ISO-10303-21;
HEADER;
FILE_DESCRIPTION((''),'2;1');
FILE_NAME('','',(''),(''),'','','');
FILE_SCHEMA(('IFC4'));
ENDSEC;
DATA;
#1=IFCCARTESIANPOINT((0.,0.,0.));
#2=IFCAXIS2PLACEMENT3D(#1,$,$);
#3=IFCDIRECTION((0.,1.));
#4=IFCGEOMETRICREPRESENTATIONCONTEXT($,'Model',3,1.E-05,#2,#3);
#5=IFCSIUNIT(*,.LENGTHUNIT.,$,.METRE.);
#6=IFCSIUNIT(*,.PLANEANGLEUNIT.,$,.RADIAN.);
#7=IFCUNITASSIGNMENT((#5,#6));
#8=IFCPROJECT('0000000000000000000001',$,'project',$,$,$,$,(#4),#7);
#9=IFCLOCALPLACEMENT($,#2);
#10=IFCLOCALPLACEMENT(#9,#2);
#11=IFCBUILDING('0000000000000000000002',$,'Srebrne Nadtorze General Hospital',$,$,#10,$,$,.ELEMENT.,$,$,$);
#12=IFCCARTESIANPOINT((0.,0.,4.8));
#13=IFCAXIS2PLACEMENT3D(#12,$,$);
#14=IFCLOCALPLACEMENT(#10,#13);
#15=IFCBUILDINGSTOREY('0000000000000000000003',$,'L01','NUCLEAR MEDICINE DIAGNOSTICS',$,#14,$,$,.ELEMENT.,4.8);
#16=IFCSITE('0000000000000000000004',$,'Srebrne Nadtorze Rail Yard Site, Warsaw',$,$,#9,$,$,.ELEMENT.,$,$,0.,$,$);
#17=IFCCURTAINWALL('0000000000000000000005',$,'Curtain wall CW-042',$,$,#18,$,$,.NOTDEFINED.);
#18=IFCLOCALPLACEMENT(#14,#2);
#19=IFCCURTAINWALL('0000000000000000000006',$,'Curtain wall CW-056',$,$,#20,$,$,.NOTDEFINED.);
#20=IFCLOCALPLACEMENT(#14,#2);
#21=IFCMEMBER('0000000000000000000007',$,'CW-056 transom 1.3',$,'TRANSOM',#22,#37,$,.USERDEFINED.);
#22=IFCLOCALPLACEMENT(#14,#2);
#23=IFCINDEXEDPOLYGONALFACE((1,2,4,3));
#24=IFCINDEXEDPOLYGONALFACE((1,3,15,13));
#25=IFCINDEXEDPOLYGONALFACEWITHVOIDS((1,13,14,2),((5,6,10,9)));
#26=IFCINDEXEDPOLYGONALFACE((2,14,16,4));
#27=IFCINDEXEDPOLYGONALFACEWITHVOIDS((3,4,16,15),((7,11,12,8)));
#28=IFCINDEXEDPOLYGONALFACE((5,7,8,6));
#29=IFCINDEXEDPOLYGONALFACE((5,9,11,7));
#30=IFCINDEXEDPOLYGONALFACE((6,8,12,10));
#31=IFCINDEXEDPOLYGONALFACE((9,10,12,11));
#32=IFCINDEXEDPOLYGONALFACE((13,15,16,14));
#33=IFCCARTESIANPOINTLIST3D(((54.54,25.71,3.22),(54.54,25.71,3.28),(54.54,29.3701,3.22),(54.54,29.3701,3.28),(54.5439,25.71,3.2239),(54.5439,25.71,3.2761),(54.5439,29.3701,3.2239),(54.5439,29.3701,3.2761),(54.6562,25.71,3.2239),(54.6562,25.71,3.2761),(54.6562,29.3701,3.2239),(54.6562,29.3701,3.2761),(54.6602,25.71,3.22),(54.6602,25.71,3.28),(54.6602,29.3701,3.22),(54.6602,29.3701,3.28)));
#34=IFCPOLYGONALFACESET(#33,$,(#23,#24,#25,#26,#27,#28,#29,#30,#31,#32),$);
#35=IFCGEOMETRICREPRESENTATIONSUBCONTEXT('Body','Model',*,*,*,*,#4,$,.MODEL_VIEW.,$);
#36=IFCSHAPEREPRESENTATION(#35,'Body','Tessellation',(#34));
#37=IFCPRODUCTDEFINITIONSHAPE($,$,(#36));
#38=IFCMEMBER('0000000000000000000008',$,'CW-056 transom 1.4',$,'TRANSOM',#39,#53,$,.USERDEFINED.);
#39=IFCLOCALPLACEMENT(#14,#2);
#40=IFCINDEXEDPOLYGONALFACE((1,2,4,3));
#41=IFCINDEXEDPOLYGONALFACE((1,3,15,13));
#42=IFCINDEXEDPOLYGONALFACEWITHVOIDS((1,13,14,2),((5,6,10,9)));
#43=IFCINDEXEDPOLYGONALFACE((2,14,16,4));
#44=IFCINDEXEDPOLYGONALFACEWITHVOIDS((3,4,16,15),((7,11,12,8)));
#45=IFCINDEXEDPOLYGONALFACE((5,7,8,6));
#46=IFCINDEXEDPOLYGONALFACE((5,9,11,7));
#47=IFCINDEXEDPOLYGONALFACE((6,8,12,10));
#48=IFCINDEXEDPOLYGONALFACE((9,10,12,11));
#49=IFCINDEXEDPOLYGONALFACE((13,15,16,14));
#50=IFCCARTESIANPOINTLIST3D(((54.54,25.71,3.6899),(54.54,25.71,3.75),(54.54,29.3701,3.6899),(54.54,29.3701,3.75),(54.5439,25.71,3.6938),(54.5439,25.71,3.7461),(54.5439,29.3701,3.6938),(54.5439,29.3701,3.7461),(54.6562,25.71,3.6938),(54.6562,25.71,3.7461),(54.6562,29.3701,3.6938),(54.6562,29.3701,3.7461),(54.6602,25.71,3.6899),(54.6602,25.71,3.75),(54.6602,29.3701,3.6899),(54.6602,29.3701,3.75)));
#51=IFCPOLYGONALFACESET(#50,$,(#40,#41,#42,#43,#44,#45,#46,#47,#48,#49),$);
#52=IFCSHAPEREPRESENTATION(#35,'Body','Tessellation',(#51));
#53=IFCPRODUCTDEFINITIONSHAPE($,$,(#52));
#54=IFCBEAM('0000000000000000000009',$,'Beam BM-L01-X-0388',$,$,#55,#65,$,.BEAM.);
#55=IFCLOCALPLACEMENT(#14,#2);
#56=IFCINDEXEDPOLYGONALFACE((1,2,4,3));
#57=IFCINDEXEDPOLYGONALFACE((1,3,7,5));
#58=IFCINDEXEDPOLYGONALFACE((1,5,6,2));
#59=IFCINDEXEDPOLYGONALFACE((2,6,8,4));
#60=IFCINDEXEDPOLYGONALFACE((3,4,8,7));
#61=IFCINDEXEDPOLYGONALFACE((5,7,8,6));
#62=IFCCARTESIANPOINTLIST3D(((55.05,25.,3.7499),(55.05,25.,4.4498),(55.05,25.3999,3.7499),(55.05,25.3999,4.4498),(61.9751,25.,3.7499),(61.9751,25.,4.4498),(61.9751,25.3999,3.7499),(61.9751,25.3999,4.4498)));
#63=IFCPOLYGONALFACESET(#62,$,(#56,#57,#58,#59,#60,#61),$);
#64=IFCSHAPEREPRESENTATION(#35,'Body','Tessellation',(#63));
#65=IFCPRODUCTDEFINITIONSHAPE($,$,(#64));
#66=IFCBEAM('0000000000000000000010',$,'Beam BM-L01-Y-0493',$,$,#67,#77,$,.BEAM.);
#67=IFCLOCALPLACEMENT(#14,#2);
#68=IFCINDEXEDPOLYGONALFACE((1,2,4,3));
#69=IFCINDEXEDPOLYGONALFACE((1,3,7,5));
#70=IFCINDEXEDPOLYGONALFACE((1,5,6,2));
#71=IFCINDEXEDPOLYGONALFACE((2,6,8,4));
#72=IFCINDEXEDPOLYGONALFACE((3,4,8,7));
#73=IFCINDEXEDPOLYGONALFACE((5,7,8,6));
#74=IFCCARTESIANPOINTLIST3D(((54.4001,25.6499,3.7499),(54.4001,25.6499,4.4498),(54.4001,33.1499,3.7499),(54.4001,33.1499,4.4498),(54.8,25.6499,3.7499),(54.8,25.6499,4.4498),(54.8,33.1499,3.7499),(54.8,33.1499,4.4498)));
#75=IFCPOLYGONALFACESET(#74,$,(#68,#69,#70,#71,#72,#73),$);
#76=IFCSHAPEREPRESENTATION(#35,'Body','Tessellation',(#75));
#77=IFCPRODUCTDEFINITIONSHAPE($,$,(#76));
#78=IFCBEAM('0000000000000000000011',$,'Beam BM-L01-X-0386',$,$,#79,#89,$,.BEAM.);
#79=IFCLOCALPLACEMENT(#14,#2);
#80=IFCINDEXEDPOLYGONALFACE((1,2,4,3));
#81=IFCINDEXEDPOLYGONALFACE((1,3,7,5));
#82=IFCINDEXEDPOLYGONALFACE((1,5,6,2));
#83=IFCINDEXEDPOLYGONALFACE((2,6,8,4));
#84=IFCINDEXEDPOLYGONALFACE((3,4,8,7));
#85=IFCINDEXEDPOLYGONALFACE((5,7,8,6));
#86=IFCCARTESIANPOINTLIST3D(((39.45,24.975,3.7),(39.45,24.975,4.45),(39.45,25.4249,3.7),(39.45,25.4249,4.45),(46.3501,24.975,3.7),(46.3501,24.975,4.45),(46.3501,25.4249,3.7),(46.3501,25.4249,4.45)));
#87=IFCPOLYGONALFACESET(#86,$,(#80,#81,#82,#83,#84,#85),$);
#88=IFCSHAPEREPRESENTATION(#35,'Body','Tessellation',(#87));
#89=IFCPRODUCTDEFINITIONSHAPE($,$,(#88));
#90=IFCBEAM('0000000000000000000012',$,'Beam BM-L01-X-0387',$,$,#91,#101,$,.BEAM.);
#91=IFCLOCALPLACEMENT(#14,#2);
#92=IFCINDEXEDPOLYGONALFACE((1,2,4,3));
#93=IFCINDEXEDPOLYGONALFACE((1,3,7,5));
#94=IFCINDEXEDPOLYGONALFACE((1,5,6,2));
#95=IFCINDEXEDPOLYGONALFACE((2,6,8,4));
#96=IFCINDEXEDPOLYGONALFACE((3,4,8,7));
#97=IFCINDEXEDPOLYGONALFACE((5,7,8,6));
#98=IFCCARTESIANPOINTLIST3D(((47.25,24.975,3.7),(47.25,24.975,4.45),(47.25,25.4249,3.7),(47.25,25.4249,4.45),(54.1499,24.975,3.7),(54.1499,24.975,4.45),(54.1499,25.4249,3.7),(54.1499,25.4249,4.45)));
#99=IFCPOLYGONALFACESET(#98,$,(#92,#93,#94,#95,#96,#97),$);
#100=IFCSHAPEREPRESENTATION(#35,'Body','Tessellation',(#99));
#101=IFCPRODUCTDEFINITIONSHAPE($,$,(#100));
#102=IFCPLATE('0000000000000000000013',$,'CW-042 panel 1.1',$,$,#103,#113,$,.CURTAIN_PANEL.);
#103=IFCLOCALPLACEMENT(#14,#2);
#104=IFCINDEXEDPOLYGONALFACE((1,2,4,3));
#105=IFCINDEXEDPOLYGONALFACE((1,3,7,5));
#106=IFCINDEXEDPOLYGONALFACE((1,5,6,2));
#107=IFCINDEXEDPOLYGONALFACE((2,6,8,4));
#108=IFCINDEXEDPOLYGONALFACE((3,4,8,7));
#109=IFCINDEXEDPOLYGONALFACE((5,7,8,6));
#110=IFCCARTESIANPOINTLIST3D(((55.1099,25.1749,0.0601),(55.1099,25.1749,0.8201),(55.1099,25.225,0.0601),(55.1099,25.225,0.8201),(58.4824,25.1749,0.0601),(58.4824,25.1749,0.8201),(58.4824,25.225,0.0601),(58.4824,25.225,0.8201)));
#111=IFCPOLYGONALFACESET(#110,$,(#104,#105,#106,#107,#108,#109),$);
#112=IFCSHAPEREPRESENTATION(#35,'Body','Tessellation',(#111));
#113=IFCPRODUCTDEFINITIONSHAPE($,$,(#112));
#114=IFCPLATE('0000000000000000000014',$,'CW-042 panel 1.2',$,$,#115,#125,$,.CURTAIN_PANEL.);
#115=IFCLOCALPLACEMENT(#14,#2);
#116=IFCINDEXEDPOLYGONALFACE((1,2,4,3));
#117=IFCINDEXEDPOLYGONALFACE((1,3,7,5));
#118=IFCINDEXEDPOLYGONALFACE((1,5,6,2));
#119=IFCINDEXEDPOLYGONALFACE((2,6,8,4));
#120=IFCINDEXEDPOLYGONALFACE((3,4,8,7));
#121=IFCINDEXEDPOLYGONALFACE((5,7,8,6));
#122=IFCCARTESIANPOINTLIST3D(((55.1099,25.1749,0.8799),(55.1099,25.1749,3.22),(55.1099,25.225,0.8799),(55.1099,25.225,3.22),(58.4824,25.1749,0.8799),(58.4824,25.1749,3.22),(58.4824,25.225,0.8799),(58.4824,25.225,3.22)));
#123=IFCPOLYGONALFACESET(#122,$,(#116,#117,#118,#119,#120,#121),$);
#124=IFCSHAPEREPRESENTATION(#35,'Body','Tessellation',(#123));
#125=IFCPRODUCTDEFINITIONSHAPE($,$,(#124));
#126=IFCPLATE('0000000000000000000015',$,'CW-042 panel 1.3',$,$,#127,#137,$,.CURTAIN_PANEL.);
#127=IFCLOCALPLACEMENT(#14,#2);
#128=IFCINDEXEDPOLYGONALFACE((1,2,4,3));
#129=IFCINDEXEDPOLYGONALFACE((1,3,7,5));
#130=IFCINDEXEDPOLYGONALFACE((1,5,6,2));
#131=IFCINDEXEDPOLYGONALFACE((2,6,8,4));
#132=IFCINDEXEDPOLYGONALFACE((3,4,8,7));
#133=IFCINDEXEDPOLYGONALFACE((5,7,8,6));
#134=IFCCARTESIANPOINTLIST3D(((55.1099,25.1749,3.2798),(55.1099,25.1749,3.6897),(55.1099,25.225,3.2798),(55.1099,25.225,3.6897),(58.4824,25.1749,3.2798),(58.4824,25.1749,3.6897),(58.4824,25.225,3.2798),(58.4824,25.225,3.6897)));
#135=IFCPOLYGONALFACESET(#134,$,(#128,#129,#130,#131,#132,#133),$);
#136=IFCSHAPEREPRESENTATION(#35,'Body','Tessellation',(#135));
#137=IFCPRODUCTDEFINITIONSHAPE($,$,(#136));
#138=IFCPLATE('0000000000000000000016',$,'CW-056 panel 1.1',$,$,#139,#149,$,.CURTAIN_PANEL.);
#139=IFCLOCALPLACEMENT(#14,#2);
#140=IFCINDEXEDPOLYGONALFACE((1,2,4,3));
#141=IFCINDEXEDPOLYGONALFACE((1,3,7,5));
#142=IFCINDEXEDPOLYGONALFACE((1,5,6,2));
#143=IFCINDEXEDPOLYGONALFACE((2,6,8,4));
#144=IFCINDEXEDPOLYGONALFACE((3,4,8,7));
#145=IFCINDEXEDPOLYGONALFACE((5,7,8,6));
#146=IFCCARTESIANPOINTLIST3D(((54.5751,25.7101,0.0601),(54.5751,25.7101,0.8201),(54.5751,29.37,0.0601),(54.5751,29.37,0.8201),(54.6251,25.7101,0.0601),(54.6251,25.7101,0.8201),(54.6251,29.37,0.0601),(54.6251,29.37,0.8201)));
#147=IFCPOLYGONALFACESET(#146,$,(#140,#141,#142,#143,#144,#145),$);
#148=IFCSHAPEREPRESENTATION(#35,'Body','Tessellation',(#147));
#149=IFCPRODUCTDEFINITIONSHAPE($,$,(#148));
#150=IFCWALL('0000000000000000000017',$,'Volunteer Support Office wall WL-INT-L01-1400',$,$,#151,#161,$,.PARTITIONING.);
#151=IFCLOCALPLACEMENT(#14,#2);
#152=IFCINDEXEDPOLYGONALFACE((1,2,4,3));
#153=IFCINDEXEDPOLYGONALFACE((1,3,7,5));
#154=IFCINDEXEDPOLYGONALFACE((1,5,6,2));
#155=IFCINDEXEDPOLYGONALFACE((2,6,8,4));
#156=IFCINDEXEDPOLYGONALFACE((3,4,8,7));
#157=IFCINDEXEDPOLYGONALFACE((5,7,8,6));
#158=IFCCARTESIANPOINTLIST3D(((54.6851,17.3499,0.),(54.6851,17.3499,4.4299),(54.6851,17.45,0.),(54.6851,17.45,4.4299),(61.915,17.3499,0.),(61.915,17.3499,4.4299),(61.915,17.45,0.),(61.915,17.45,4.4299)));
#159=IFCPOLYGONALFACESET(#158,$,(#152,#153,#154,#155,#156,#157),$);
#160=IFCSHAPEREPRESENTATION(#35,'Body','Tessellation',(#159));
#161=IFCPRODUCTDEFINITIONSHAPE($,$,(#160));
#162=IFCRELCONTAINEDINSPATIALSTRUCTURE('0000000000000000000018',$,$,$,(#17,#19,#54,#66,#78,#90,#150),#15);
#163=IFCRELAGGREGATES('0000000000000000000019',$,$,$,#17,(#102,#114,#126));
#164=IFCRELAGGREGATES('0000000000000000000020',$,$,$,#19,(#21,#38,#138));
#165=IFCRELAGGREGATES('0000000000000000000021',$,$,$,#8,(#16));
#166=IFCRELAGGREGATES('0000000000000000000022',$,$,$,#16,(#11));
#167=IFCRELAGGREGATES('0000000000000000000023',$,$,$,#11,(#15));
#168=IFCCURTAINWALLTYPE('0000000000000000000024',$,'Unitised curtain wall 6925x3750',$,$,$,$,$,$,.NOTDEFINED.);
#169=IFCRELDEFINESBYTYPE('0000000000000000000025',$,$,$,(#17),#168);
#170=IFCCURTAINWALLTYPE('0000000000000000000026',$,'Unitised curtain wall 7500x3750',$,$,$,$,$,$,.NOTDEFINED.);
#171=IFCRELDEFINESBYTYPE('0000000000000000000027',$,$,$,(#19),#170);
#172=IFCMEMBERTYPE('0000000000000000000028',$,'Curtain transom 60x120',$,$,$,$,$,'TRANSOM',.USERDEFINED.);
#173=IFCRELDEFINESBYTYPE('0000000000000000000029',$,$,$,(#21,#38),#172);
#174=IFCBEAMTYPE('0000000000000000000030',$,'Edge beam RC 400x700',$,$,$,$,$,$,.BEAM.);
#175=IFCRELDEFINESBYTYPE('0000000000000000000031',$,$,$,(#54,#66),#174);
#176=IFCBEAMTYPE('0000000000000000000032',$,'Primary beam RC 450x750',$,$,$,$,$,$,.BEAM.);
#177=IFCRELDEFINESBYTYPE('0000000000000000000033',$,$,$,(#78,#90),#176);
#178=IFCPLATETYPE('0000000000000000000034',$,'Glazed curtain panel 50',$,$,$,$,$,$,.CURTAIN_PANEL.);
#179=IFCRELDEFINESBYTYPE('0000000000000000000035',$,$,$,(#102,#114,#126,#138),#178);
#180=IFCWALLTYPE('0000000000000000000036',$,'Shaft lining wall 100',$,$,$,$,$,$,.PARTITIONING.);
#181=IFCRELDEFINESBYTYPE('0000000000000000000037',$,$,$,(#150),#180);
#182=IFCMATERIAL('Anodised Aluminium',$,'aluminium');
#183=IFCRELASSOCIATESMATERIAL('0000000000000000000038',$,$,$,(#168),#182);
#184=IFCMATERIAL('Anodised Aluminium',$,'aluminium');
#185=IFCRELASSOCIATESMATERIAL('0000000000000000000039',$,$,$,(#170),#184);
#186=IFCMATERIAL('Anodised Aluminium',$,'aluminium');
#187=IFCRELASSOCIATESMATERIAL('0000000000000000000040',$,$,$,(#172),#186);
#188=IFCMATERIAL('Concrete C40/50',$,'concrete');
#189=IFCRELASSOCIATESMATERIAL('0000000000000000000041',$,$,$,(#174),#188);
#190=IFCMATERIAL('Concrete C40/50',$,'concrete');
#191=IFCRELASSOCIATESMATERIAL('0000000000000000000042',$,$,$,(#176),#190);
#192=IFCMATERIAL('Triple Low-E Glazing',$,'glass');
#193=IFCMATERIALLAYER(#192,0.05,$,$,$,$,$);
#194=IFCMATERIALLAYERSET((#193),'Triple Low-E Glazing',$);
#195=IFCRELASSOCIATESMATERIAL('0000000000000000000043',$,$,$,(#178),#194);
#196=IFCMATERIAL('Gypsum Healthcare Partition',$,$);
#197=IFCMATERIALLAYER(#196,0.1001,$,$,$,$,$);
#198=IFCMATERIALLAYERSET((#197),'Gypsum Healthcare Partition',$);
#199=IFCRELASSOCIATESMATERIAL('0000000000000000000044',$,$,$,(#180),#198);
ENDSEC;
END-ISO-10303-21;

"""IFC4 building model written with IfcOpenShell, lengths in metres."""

from ifc_helpers import new_model, si_unit, direction, frame, frame_2d, origin, origin_2d, place, context, subcontext, project, spatial, rectangle, hollow_rectangle, extrude, material, layer, layer_set, material_profile, profile_set, type_object, element, aggregate, save


model = new_model("IFC4")

# Units and contexts
model_context = context("Model", 3, precision=1e-05, world=origin(), true_north=direction((0.0, 1.0)))
body_context = subcontext(model_context, "Body", "Model", "MODEL_VIEW")
ifc_project = project(units=[si_unit("LENGTHUNIT", "METRE"), si_unit("PLANEANGLEUNIT", "RADIAN")], contexts=[model_context])

# Site, building, storey
site_placement = place(None, origin())
site = spatial("IfcSite", under=ifc_project, at=site_placement, Name="Srebrne Nadtorze Rail Yard Site, Warsaw", CompositionType="ELEMENT", RefElevation=0.0)
building_placement = place(site_placement, origin())
building = spatial("IfcBuilding", under=site, at=building_placement, Name="Srebrne Nadtorze General Hospital", CompositionType="ELEMENT")
storey_placement = place(building_placement, frame((0.0, 0.0, 4.8)))
storey = spatial("IfcBuildingStorey", under=building, at=storey_placement, Name="L01", Description="NUCLEAR MEDICINE DIAGNOSTICS", CompositionType="ELEMENT", Elevation=4.8)

# Curtain walls
ifc_material_1 = material(Name="Anodised Aluminium", Category="aluminium")
curtain_wall_type_1 = type_object("IfcCurtainWallType", Name="Unitised curtain wall 6925x3750", PredefinedType="NOTDEFINED", material=ifc_material_1)
curtain_wall_1_placement = place(storey_placement, origin())
curtain_wall_1 = element("IfcCurtainWall", 1, at=curtain_wall_1_placement, inside=storey, type_object=curtain_wall_type_1, Name="Curtain wall CW-042", PredefinedType="NOTDEFINED")
ifc_material_2 = material(Name="Anodised Aluminium", Category="aluminium")
curtain_wall_type_2 = type_object("IfcCurtainWallType", Name="Unitised curtain wall 7500x3750", PredefinedType="NOTDEFINED", material=ifc_material_2)
curtain_wall_2_placement = place(storey_placement, origin())
curtain_wall_2 = element("IfcCurtainWall", 2, at=curtain_wall_2_placement, inside=storey, type_object=curtain_wall_type_2, Name="Curtain wall CW-056", PredefinedType="NOTDEFINED")

# Members
ifc_material_3 = material(Name="Anodised Aluminium", Category="aluminium")
ifc_material_profile_1 = material_profile(ifc_material_3, hollow_rectangle(XDim=0.0601, YDim=0.1201, WallThickness=0.0039, at=origin_2d()), Name="AL-TRN-60x120")
ifc_profile_set_1 = profile_set([ifc_material_profile_1], Name="Anodised Aluminium")
member_type_1 = type_object("IfcMemberType", Name="Curtain transom 60x120", ElementType="TRANSOM", PredefinedType="USERDEFINED", material=ifc_profile_set_1)
member_1_placement = place(storey_placement, frame((54.6001, 25.71, 3.25), z_axis=(0.0, 1.0, 0.0), x_axis=(0.0, 0.0, 1.0)))
member_1 = element("IfcMember", 3, at=member_1_placement, type_object=member_type_1, Name="CW-056 transom 1.3", ObjectType="TRANSOM", PredefinedType="USERDEFINED", context=body_context, shape_type="SweptSolid", body=[
    extrude(hollow_rectangle(XDim=0.0601, YDim=0.1201, WallThickness=0.0039, at=origin_2d()), origin(), (0.0, 0.0, 1.0), 3.6602),
])
member_2_placement = place(storey_placement, frame((54.6001, 25.71, 3.72), z_axis=(0.0, 1.0, 0.0), x_axis=(0.0, 0.0, 1.0)))
member_2 = element("IfcMember", 4, at=member_2_placement, type_object=member_type_1, Name="CW-056 transom 1.4", ObjectType="TRANSOM", PredefinedType="USERDEFINED", context=body_context, shape_type="SweptSolid", body=[
    extrude(hollow_rectangle(XDim=0.0601, YDim=0.1201, WallThickness=0.0039, at=origin_2d()), origin(), (0.0, 0.0, 1.0), 3.6602),
])

# Beams
ifc_material_4 = material(Name="Concrete C40/50", Category="concrete")
ifc_material_profile_2 = material_profile(ifc_material_4, rectangle(XDim=0.3999, YDim=0.7, at=origin_2d()), Name="RC-BM-400x700")
ifc_profile_set_2 = profile_set([ifc_material_profile_2], Name="Concrete C40/50")
beam_type_1 = type_object("IfcBeamType", Name="Edge beam RC 400x700", PredefinedType="BEAM", material=ifc_profile_set_2)
beam_1_placement = place(storey_placement, frame((55.05, 25.2, 4.0999), z_axis=(1.0, 0.0, 0.0), x_axis=(0.0, 1.0, 0.0)))
element("IfcBeam", 5, at=beam_1_placement, inside=storey, type_object=beam_type_1, Name="Beam BM-L01-X-0388", PredefinedType="BEAM", context=body_context, shape_type="SweptSolid", body=[
    extrude(rectangle(XDim=0.3999, YDim=0.7, at=origin_2d()), origin(), (0.0, 0.0, 1.0), 6.925),
])
beam_2_placement = place(storey_placement, frame((54.6001, 25.6499, 4.0999), z_axis=(0.0, 1.0, 0.0), x_axis=(-1.0, 0.0, 0.0)))
element("IfcBeam", 6, at=beam_2_placement, inside=storey, type_object=beam_type_1, Name="Beam BM-L01-Y-0493", PredefinedType="BEAM", context=body_context, shape_type="SweptSolid", body=[
    extrude(rectangle(XDim=0.3999, YDim=0.7, at=origin_2d()), origin(), (0.0, 0.0, 1.0), 7.5),
])
ifc_material_5 = material(Name="Concrete C40/50", Category="concrete")
ifc_material_profile_3 = material_profile(ifc_material_5, rectangle(XDim=0.45, YDim=0.75, at=origin_2d()), Name="RC-BM-450x750")
ifc_profile_set_3 = profile_set([ifc_material_profile_3], Name="Concrete C40/50")
beam_type_2 = type_object("IfcBeamType", Name="Primary beam RC 450x750", PredefinedType="BEAM", material=ifc_profile_set_3)
beam_3_placement = place(storey_placement, frame((39.45, 25.2, 4.075), z_axis=(1.0, 0.0, 0.0), x_axis=(0.0, 1.0, 0.0)))
element("IfcBeam", 7, at=beam_3_placement, inside=storey, type_object=beam_type_2, Name="Beam BM-L01-X-0386", PredefinedType="BEAM", context=body_context, shape_type="SweptSolid", body=[
    extrude(rectangle(XDim=0.45, YDim=0.75, at=origin_2d()), origin(), (0.0, 0.0, 1.0), 6.9001),
])
beam_4_placement = place(storey_placement, frame((47.25, 25.2, 4.075), z_axis=(1.0, 0.0, 0.0), x_axis=(0.0, 1.0, 0.0)))
element("IfcBeam", 8, at=beam_4_placement, inside=storey, type_object=beam_type_2, Name="Beam BM-L01-X-0387", PredefinedType="BEAM", context=body_context, shape_type="SweptSolid", body=[
    extrude(rectangle(XDim=0.45, YDim=0.75, at=origin_2d()), origin(), (0.0, 0.0, 1.0), 6.8999),
])

# Plates
ifc_material_6 = material(Name="Triple Low-E Glazing", Category="glass")
ifc_layer_1 = layer(ifc_material_6, 0.05)
ifc_layer_set_1 = layer_set([ifc_layer_1], Name="Triple Low-E Glazing")
plate_type = type_object("IfcPlateType", Name="Glazed curtain panel 50", PredefinedType="CURTAIN_PANEL", material=ifc_layer_set_1)
plate_1_placement = place(storey_placement, frame((56.7961, 25.2, 0.0601), z_axis=(0.0, 0.0, 1.0), x_axis=(1.0, 0.0, 0.0)))
plate_1 = element("IfcPlate", 9, at=plate_1_placement, type_object=plate_type, Name="CW-042 panel 1.1", PredefinedType="CURTAIN_PANEL", context=body_context, shape_type="SweptSolid", body=[
    extrude(rectangle(XDim=3.3726, YDim=0.05, at=origin_2d()), origin(), (0.0, 0.0, 1.0), 0.76),
])
plate_2_placement = place(storey_placement, frame((56.7961, 25.2, 0.8799), z_axis=(0.0, 0.0, 1.0), x_axis=(1.0, 0.0, 0.0)))
plate_2 = element("IfcPlate", 10, at=plate_2_placement, type_object=plate_type, Name="CW-042 panel 1.2", PredefinedType="CURTAIN_PANEL", context=body_context, shape_type="SweptSolid", body=[
    extrude(rectangle(XDim=3.3726, YDim=0.05, at=origin_2d()), origin(), (0.0, 0.0, 1.0), 2.3401),
])
plate_3_placement = place(storey_placement, frame((56.7961, 25.2, 3.2798), z_axis=(0.0, 0.0, 1.0), x_axis=(1.0, 0.0, 0.0)))
plate_3 = element("IfcPlate", 11, at=plate_3_placement, type_object=plate_type, Name="CW-042 panel 1.3", PredefinedType="CURTAIN_PANEL", context=body_context, shape_type="SweptSolid", body=[
    extrude(rectangle(XDim=3.3726, YDim=0.05, at=origin_2d()), origin(), (0.0, 0.0, 1.0), 0.4099),
])
aggregate(curtain_wall_1, [plate_1, plate_2, plate_3])
plate_4_placement = place(storey_placement, frame((54.6001, 27.54, 0.0601), z_axis=(0.0, 0.0, 1.0), x_axis=(0.0, 1.0, 0.0)))
plate_4 = element("IfcPlate", 12, at=plate_4_placement, type_object=plate_type, Name="CW-056 panel 1.1", PredefinedType="CURTAIN_PANEL", context=body_context, shape_type="SweptSolid", body=[
    extrude(rectangle(XDim=3.6599, YDim=0.05, at=origin_2d()), origin(), (0.0, 0.0, 1.0), 0.76),
])
aggregate(curtain_wall_2, [member_1, member_2, plate_4])

# Wall
ifc_material_7 = material(Name="Gypsum Healthcare Partition")
ifc_layer_2 = layer(ifc_material_7, 0.1001)
ifc_layer_set_2 = layer_set([ifc_layer_2], Name="Gypsum Healthcare Partition")
wall_type = type_object("IfcWallType", Name="Shaft lining wall 100", PredefinedType="PARTITIONING", material=ifc_layer_set_2)
wall_1_placement = place(storey_placement, frame((54.6851, 17.3999, 0.0), z_axis=(0.0, 0.0, 1.0), x_axis=(1.0, 0.0, 0.0)))
element("IfcWall", 13, at=wall_1_placement, inside=storey, type_object=wall_type, Name="Volunteer Support Office wall WL-INT-L01-1400", PredefinedType="PARTITIONING", context=body_context, shape_type="SweptSolid", body=[
    extrude(rectangle(XDim=7.23, YDim=0.1001, at=frame_2d((3.615, 0.0))), origin(), (0.0, 0.0, 1.0), 4.4299),
])

save(model, "model.ifc")
